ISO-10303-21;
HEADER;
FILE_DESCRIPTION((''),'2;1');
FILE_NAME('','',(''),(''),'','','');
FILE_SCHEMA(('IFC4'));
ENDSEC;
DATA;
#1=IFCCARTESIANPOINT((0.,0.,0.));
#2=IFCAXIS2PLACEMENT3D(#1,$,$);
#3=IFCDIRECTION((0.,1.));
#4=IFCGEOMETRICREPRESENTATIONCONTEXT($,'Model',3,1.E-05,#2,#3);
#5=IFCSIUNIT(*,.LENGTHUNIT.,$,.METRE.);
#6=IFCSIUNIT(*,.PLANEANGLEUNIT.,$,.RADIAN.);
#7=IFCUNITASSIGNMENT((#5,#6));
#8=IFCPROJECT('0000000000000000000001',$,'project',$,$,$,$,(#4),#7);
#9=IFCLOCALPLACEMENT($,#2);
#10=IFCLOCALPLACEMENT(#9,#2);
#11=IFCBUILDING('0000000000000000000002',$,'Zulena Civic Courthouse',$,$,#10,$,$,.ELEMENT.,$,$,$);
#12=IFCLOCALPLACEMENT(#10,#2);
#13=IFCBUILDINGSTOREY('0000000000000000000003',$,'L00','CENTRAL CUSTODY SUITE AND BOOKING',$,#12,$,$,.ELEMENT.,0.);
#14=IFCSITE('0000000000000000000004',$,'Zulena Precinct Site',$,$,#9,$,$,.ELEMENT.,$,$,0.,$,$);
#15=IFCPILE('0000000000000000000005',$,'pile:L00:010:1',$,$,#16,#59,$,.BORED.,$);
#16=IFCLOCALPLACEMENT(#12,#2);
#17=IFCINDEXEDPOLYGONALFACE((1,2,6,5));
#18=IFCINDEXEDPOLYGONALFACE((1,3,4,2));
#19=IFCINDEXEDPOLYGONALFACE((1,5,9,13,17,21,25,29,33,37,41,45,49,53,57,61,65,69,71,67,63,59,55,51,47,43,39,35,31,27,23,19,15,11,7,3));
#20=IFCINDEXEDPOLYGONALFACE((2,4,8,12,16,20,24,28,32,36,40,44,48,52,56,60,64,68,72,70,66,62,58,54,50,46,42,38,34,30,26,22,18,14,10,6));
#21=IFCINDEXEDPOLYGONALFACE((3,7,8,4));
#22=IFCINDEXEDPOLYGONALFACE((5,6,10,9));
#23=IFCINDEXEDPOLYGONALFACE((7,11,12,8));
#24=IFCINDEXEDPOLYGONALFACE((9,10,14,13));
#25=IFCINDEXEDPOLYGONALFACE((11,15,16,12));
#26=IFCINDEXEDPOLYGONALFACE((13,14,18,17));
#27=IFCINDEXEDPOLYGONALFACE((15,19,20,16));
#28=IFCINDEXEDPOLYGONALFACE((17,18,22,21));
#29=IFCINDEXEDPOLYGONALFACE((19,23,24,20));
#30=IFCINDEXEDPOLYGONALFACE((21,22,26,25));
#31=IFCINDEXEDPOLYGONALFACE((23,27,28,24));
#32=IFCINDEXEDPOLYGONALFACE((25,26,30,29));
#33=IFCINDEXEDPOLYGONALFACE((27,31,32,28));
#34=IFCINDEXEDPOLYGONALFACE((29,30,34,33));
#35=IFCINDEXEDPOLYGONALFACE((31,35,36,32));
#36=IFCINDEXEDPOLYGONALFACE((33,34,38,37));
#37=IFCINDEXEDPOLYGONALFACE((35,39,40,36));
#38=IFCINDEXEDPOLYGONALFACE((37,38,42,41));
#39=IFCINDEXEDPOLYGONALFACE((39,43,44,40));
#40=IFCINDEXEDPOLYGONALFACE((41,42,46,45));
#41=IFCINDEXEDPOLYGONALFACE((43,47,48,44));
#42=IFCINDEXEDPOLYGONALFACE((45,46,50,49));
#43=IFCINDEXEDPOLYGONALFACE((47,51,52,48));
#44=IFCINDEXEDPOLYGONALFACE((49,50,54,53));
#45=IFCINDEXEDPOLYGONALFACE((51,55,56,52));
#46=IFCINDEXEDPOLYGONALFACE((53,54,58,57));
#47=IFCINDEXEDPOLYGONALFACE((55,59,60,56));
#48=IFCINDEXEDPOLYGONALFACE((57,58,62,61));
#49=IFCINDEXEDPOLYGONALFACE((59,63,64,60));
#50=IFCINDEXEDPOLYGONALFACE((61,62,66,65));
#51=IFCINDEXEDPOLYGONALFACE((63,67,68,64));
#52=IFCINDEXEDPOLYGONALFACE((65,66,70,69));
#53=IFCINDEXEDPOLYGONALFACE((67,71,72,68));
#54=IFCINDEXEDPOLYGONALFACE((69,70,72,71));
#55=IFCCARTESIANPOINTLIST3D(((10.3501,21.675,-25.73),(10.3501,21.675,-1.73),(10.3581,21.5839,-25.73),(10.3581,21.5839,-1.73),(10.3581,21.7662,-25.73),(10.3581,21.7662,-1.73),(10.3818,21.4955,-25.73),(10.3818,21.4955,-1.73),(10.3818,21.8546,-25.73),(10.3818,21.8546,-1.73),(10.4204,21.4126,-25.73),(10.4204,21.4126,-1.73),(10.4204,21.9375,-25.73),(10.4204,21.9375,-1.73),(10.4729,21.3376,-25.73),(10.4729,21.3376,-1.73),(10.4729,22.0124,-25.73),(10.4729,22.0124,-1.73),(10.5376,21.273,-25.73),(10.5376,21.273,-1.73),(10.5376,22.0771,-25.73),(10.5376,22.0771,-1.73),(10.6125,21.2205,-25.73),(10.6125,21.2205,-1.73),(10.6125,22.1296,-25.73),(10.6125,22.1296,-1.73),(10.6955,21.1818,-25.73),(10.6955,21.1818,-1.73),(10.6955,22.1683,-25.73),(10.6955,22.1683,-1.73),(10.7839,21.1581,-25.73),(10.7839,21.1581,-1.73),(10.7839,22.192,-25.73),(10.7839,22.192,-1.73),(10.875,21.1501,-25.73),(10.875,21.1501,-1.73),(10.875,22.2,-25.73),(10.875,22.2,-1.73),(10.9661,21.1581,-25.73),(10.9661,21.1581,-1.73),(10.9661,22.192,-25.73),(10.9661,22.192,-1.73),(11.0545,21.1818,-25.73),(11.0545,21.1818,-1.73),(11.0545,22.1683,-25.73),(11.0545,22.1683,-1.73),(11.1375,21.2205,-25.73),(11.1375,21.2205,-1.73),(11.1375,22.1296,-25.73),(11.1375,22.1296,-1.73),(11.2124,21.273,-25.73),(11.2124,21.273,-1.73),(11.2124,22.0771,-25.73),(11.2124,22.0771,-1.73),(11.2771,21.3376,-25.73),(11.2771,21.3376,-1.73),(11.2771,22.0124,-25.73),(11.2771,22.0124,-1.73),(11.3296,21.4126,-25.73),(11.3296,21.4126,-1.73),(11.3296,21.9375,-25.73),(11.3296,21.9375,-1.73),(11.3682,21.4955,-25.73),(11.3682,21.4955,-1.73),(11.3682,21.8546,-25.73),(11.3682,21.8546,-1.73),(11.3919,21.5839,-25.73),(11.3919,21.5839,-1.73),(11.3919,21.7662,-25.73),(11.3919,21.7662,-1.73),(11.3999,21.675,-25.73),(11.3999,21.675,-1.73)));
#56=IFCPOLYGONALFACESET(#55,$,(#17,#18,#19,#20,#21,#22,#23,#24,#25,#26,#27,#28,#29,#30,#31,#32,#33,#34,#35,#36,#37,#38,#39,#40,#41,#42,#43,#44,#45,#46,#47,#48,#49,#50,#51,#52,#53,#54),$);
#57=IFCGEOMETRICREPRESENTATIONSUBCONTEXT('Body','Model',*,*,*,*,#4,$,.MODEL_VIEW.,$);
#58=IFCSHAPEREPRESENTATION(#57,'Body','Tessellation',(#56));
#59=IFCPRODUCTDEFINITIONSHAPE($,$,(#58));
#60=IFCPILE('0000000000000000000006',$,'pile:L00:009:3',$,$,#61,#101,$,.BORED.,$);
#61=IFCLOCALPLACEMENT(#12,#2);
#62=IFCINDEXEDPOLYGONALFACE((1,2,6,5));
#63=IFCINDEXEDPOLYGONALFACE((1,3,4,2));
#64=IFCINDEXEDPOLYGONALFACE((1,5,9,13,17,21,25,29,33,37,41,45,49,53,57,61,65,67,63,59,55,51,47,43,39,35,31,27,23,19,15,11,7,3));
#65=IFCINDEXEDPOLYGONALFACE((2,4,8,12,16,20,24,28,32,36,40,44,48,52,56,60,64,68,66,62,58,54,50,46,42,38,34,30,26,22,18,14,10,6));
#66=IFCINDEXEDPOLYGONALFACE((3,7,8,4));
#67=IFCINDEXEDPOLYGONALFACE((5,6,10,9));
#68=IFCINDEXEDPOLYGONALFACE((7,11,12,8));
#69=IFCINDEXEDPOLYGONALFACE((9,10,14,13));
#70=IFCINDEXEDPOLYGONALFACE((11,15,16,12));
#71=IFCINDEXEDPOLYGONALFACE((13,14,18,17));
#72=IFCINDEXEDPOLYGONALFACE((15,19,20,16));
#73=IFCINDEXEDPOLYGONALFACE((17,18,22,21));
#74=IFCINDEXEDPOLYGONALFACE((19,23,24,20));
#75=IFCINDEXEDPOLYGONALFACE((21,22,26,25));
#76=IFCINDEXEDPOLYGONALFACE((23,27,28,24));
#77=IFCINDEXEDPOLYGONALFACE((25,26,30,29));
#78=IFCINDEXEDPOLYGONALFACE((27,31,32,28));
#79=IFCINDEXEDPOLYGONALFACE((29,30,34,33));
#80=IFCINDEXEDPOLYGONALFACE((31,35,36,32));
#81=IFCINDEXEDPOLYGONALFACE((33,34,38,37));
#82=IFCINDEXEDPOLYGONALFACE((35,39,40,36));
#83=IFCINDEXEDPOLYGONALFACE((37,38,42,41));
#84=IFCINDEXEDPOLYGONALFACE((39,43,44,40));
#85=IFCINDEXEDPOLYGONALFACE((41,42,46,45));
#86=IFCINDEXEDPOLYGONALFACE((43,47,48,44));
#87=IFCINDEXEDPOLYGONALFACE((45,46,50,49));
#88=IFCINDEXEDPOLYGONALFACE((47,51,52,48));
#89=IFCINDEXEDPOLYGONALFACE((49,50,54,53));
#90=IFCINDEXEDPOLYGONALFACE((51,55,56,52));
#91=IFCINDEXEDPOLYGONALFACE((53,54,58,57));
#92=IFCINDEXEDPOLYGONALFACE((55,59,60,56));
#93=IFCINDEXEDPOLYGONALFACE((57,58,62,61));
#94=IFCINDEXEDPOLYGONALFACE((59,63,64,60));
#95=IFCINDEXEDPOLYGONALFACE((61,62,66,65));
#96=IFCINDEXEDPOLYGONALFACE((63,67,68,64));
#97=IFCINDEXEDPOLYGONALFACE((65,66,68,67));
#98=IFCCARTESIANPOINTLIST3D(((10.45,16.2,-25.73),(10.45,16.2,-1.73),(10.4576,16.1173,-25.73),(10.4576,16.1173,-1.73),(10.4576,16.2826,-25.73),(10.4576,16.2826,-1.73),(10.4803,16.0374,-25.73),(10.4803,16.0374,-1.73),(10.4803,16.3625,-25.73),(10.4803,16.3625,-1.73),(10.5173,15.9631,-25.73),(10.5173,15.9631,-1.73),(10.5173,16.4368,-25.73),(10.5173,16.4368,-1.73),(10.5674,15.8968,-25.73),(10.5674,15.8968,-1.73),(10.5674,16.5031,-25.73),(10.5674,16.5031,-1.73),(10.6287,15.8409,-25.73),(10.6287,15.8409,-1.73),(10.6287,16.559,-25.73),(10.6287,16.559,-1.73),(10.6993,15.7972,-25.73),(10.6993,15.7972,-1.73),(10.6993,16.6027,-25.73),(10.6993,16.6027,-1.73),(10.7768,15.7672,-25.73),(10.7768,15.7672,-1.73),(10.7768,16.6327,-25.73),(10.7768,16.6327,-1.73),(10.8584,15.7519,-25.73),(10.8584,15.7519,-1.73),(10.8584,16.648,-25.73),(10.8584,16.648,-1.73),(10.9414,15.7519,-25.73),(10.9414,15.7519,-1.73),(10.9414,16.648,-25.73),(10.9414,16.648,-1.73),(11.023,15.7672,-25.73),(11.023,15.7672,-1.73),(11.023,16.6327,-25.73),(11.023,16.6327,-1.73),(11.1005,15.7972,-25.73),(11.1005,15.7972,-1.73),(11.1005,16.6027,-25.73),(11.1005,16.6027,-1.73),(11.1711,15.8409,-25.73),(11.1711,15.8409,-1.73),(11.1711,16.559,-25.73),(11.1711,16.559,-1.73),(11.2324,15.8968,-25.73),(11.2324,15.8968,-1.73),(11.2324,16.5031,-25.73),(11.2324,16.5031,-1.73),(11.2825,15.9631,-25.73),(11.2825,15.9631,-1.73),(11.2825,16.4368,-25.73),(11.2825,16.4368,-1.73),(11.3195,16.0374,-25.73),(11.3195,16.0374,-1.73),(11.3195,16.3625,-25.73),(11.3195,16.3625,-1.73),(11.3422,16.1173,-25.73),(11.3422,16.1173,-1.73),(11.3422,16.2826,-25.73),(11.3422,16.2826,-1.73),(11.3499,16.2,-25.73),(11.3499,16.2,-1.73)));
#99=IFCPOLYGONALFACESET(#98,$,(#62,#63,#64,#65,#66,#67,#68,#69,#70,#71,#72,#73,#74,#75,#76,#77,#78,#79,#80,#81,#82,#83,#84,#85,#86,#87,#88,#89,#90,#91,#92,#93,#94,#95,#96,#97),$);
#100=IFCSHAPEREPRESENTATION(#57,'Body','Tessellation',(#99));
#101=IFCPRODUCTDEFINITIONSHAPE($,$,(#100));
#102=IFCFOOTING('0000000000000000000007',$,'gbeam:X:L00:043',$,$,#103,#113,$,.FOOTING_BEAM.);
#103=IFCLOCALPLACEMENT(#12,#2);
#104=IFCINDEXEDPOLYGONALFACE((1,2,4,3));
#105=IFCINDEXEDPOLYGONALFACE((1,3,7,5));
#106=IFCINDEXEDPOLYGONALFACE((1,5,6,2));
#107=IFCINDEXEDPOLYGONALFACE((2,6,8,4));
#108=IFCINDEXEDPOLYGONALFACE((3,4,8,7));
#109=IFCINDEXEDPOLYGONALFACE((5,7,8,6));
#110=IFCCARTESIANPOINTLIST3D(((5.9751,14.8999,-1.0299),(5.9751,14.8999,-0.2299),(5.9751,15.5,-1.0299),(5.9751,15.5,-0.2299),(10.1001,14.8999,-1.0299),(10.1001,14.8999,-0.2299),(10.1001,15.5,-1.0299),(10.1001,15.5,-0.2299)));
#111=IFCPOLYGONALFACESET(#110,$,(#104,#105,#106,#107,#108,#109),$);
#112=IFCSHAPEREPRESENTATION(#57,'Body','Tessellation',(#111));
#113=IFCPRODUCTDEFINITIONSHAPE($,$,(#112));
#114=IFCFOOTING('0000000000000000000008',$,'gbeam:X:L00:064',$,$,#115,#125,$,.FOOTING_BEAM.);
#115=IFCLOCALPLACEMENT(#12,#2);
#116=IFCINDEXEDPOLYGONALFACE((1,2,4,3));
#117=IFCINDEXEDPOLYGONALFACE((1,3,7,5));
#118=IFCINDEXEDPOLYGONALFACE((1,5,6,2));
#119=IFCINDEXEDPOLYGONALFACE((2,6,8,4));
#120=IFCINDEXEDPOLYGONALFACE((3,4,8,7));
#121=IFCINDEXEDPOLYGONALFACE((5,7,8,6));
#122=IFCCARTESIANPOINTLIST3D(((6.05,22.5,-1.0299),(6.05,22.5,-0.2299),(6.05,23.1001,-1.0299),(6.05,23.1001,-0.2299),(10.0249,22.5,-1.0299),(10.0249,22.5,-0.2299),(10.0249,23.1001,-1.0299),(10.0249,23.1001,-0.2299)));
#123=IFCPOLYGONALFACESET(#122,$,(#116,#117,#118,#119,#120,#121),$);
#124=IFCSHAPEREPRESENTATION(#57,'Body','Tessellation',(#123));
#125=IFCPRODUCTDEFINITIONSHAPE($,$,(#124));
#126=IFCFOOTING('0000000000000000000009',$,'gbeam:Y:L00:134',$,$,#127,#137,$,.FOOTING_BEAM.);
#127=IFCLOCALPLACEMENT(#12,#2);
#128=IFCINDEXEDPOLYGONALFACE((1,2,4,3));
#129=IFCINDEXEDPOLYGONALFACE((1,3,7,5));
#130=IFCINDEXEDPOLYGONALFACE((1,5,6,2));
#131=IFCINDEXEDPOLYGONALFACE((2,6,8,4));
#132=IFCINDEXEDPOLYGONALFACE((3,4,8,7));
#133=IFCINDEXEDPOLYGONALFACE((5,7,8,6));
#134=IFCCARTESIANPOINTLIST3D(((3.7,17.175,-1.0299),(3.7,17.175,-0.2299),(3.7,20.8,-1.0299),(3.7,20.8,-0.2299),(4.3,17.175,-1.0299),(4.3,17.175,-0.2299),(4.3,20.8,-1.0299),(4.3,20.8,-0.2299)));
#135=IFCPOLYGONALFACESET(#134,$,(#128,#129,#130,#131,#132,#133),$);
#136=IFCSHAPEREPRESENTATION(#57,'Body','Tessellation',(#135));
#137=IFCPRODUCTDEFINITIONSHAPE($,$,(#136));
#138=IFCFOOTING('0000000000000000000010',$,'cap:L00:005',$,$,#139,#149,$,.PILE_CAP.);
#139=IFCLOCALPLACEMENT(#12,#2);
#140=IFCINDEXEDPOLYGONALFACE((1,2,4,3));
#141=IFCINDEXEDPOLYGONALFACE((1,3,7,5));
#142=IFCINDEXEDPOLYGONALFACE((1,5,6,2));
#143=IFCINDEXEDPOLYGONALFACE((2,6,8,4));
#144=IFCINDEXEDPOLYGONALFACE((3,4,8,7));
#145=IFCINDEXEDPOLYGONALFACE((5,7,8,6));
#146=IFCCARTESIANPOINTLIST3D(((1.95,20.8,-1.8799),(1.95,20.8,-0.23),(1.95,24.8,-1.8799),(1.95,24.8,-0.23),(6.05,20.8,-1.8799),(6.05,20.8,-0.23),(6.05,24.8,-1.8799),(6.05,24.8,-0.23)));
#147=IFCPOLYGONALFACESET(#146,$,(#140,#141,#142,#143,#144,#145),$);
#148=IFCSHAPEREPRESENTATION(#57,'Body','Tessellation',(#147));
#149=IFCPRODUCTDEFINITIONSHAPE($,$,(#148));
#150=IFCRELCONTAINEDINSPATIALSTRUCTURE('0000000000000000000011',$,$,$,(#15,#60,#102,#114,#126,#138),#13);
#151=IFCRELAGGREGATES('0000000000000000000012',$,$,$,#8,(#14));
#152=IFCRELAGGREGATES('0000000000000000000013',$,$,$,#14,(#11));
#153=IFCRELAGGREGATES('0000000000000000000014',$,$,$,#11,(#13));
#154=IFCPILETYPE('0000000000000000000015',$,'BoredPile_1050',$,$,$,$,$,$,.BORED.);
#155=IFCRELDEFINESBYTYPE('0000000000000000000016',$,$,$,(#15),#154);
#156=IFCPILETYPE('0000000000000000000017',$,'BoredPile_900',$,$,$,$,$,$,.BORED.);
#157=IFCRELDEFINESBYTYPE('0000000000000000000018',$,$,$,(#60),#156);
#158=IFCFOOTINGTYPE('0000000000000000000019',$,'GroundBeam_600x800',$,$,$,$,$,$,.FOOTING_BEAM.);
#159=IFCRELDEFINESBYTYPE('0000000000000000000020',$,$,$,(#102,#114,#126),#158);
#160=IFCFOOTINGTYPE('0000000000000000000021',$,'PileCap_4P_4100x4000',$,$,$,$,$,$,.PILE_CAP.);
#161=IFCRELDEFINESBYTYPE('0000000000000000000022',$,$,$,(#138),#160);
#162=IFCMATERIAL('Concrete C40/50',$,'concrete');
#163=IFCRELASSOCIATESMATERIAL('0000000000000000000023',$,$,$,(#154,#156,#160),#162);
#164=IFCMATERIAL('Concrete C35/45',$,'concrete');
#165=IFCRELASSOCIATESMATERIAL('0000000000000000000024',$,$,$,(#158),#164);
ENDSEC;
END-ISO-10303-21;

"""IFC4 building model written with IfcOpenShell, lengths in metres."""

from ifc_helpers import new_model, si_unit, direction, frame, origin, origin_2d, place, context, subcontext, project, spatial, rectangle, circle, extrude, material, material_profile, profile_set, type_object, element, save


model = new_model("IFC4")

# Units and contexts
model_context = context("Model", 3, precision=1e-05, world=origin(), true_north=direction((0.0, 1.0)))
body_context = subcontext(model_context, "Body", "Model", "MODEL_VIEW")
ifc_project = project(units=[si_unit("LENGTHUNIT", "METRE"), si_unit("PLANEANGLEUNIT", "RADIAN")], contexts=[model_context])

# Site, building, storey
site_placement = place(None, origin())
site = spatial("IfcSite", under=ifc_project, at=site_placement, Name="Zulena Precinct Site", CompositionType="ELEMENT", RefElevation=0.0)
building_placement = place(site_placement, origin())
building = spatial("IfcBuilding", under=site, at=building_placement, Name="Zulena Civic Courthouse", CompositionType="ELEMENT")
storey_placement = place(building_placement, origin())
storey = spatial("IfcBuildingStorey", under=building, at=storey_placement, Name="L00", Description="CENTRAL CUSTODY SUITE AND BOOKING", CompositionType="ELEMENT", Elevation=0.0)

# Piles
ifc_material_1 = material(Name="Concrete C40/50", Category="concrete")
ifc_material_profile_1 = material_profile(ifc_material_1, circle(Radius=0.5249, at=origin_2d()), Name="PILE1050")
ifc_profile_set_1 = profile_set([ifc_material_profile_1], Name="Concrete C40/50")
pile_type_1 = type_object("IfcPileType", Name="BoredPile_1050", PredefinedType="BORED", material=ifc_profile_set_1)
for number, where, z_axis, x_axis, name in (
    (1, (10.875, 21.675, -1.73), (0.0, 0.0, -1.0), (1.0, 0.0, 0.0), "pile:L00:010:1"),
):
    element("IfcPile", number, at=place(storey_placement, frame(where, z_axis=z_axis, x_axis=x_axis)), inside=storey, type_object=pile_type_1, Name=name, PredefinedType="BORED", context=body_context, shape_type="SweptSolid", body=[
        extrude(circle(Radius=0.5249, at=origin_2d()), origin(), (0.0, 0.0, 1.0), 24.0),
    ])
ifc_material_profile_2 = material_profile(ifc_material_1, circle(Radius=0.45, at=origin_2d()), Name="PILE900")
ifc_profile_set_2 = profile_set([ifc_material_profile_2], Name="Concrete C40/50")
pile_type_2 = type_object("IfcPileType", Name="BoredPile_900", PredefinedType="BORED", material=ifc_profile_set_2)
pile_placement = place(storey_placement, frame((10.8999, 16.2, -1.73), z_axis=(0.0, 0.0, -1.0), x_axis=(1.0, 0.0, 0.0)))
element("IfcPile", 2, at=pile_placement, inside=storey, type_object=pile_type_2, Name="pile:L00:009:3", PredefinedType="BORED", context=body_context, shape_type="SweptSolid", body=[
    extrude(circle(Radius=0.45, at=origin_2d()), origin(), (0.0, 0.0, 1.0), 24.0),
])

# Footings
ifc_material_2 = material(Name="Concrete C35/45", Category="concrete")
ifc_material_profile_3 = material_profile(ifc_material_2, rectangle(XDim=0.6001, YDim=0.8, at=origin_2d()), Name="RC600X800")
ifc_profile_set_3 = profile_set([ifc_material_profile_3], Name="Concrete C35/45")
footing_type_1 = type_object("IfcFootingType", Name="GroundBeam_600x800", PredefinedType="FOOTING_BEAM", material=ifc_profile_set_3)
footing_1_placement = place(storey_placement, frame((5.9751, 15.2, -0.6299), z_axis=(1.0, 0.0, 0.0), x_axis=(0.0, 1.0, 0.0)))
element("IfcFooting", 3, at=footing_1_placement, inside=storey, type_object=footing_type_1, Name="gbeam:X:L00:043", PredefinedType="FOOTING_BEAM", context=body_context, shape_type="SweptSolid", body=[
    extrude(rectangle(XDim=0.6001, YDim=0.8, at=origin_2d()), origin(), (0.0, 0.0, 1.0), 4.125),
])
footing_2_placement = place(storey_placement, frame((6.05, 22.8, -0.6299), z_axis=(1.0, 0.0, 0.0), x_axis=(0.0, 1.0, 0.0)))
element("IfcFooting", 4, at=footing_2_placement, inside=storey, type_object=footing_type_1, Name="gbeam:X:L00:064", PredefinedType="FOOTING_BEAM", context=body_context, shape_type="SweptSolid", body=[
    extrude(rectangle(XDim=0.6001, YDim=0.8, at=origin_2d()), origin(), (0.0, 0.0, 1.0), 3.9749),
])
footing_3_placement = place(storey_placement, frame((4.0, 17.175, -0.6299), z_axis=(0.0, 1.0, 0.0), x_axis=(-1.0, 0.0, 0.0)))
element("IfcFooting", 5, at=footing_3_placement, inside=storey, type_object=footing_type_1, Name="gbeam:Y:L00:134", PredefinedType="FOOTING_BEAM", context=body_context, shape_type="SweptSolid", body=[
    extrude(rectangle(XDim=0.6001, YDim=0.8, at=origin_2d()), origin(), (0.0, 0.0, 1.0), 3.625),
])
footing_type_2 = type_object("IfcFootingType", Name="PileCap_4P_4100x4000", PredefinedType="PILE_CAP", material=ifc_material_1)
footing_4_placement = place(storey_placement, frame((4.0, 22.8, -1.8799), z_axis=(0.0, 0.0, 1.0), x_axis=(1.0, 0.0, 0.0)))
element("IfcFooting", 6, at=footing_4_placement, inside=storey, type_object=footing_type_2, Name="cap:L00:005", PredefinedType="PILE_CAP", context=body_context, shape_type="SweptSolid", body=[
    extrude(rectangle(XDim=4.1001, YDim=4.0, at=origin_2d()), origin(), (0.0, 0.0, 1.0), 1.6499),
])

save(model, "model.ifc")
